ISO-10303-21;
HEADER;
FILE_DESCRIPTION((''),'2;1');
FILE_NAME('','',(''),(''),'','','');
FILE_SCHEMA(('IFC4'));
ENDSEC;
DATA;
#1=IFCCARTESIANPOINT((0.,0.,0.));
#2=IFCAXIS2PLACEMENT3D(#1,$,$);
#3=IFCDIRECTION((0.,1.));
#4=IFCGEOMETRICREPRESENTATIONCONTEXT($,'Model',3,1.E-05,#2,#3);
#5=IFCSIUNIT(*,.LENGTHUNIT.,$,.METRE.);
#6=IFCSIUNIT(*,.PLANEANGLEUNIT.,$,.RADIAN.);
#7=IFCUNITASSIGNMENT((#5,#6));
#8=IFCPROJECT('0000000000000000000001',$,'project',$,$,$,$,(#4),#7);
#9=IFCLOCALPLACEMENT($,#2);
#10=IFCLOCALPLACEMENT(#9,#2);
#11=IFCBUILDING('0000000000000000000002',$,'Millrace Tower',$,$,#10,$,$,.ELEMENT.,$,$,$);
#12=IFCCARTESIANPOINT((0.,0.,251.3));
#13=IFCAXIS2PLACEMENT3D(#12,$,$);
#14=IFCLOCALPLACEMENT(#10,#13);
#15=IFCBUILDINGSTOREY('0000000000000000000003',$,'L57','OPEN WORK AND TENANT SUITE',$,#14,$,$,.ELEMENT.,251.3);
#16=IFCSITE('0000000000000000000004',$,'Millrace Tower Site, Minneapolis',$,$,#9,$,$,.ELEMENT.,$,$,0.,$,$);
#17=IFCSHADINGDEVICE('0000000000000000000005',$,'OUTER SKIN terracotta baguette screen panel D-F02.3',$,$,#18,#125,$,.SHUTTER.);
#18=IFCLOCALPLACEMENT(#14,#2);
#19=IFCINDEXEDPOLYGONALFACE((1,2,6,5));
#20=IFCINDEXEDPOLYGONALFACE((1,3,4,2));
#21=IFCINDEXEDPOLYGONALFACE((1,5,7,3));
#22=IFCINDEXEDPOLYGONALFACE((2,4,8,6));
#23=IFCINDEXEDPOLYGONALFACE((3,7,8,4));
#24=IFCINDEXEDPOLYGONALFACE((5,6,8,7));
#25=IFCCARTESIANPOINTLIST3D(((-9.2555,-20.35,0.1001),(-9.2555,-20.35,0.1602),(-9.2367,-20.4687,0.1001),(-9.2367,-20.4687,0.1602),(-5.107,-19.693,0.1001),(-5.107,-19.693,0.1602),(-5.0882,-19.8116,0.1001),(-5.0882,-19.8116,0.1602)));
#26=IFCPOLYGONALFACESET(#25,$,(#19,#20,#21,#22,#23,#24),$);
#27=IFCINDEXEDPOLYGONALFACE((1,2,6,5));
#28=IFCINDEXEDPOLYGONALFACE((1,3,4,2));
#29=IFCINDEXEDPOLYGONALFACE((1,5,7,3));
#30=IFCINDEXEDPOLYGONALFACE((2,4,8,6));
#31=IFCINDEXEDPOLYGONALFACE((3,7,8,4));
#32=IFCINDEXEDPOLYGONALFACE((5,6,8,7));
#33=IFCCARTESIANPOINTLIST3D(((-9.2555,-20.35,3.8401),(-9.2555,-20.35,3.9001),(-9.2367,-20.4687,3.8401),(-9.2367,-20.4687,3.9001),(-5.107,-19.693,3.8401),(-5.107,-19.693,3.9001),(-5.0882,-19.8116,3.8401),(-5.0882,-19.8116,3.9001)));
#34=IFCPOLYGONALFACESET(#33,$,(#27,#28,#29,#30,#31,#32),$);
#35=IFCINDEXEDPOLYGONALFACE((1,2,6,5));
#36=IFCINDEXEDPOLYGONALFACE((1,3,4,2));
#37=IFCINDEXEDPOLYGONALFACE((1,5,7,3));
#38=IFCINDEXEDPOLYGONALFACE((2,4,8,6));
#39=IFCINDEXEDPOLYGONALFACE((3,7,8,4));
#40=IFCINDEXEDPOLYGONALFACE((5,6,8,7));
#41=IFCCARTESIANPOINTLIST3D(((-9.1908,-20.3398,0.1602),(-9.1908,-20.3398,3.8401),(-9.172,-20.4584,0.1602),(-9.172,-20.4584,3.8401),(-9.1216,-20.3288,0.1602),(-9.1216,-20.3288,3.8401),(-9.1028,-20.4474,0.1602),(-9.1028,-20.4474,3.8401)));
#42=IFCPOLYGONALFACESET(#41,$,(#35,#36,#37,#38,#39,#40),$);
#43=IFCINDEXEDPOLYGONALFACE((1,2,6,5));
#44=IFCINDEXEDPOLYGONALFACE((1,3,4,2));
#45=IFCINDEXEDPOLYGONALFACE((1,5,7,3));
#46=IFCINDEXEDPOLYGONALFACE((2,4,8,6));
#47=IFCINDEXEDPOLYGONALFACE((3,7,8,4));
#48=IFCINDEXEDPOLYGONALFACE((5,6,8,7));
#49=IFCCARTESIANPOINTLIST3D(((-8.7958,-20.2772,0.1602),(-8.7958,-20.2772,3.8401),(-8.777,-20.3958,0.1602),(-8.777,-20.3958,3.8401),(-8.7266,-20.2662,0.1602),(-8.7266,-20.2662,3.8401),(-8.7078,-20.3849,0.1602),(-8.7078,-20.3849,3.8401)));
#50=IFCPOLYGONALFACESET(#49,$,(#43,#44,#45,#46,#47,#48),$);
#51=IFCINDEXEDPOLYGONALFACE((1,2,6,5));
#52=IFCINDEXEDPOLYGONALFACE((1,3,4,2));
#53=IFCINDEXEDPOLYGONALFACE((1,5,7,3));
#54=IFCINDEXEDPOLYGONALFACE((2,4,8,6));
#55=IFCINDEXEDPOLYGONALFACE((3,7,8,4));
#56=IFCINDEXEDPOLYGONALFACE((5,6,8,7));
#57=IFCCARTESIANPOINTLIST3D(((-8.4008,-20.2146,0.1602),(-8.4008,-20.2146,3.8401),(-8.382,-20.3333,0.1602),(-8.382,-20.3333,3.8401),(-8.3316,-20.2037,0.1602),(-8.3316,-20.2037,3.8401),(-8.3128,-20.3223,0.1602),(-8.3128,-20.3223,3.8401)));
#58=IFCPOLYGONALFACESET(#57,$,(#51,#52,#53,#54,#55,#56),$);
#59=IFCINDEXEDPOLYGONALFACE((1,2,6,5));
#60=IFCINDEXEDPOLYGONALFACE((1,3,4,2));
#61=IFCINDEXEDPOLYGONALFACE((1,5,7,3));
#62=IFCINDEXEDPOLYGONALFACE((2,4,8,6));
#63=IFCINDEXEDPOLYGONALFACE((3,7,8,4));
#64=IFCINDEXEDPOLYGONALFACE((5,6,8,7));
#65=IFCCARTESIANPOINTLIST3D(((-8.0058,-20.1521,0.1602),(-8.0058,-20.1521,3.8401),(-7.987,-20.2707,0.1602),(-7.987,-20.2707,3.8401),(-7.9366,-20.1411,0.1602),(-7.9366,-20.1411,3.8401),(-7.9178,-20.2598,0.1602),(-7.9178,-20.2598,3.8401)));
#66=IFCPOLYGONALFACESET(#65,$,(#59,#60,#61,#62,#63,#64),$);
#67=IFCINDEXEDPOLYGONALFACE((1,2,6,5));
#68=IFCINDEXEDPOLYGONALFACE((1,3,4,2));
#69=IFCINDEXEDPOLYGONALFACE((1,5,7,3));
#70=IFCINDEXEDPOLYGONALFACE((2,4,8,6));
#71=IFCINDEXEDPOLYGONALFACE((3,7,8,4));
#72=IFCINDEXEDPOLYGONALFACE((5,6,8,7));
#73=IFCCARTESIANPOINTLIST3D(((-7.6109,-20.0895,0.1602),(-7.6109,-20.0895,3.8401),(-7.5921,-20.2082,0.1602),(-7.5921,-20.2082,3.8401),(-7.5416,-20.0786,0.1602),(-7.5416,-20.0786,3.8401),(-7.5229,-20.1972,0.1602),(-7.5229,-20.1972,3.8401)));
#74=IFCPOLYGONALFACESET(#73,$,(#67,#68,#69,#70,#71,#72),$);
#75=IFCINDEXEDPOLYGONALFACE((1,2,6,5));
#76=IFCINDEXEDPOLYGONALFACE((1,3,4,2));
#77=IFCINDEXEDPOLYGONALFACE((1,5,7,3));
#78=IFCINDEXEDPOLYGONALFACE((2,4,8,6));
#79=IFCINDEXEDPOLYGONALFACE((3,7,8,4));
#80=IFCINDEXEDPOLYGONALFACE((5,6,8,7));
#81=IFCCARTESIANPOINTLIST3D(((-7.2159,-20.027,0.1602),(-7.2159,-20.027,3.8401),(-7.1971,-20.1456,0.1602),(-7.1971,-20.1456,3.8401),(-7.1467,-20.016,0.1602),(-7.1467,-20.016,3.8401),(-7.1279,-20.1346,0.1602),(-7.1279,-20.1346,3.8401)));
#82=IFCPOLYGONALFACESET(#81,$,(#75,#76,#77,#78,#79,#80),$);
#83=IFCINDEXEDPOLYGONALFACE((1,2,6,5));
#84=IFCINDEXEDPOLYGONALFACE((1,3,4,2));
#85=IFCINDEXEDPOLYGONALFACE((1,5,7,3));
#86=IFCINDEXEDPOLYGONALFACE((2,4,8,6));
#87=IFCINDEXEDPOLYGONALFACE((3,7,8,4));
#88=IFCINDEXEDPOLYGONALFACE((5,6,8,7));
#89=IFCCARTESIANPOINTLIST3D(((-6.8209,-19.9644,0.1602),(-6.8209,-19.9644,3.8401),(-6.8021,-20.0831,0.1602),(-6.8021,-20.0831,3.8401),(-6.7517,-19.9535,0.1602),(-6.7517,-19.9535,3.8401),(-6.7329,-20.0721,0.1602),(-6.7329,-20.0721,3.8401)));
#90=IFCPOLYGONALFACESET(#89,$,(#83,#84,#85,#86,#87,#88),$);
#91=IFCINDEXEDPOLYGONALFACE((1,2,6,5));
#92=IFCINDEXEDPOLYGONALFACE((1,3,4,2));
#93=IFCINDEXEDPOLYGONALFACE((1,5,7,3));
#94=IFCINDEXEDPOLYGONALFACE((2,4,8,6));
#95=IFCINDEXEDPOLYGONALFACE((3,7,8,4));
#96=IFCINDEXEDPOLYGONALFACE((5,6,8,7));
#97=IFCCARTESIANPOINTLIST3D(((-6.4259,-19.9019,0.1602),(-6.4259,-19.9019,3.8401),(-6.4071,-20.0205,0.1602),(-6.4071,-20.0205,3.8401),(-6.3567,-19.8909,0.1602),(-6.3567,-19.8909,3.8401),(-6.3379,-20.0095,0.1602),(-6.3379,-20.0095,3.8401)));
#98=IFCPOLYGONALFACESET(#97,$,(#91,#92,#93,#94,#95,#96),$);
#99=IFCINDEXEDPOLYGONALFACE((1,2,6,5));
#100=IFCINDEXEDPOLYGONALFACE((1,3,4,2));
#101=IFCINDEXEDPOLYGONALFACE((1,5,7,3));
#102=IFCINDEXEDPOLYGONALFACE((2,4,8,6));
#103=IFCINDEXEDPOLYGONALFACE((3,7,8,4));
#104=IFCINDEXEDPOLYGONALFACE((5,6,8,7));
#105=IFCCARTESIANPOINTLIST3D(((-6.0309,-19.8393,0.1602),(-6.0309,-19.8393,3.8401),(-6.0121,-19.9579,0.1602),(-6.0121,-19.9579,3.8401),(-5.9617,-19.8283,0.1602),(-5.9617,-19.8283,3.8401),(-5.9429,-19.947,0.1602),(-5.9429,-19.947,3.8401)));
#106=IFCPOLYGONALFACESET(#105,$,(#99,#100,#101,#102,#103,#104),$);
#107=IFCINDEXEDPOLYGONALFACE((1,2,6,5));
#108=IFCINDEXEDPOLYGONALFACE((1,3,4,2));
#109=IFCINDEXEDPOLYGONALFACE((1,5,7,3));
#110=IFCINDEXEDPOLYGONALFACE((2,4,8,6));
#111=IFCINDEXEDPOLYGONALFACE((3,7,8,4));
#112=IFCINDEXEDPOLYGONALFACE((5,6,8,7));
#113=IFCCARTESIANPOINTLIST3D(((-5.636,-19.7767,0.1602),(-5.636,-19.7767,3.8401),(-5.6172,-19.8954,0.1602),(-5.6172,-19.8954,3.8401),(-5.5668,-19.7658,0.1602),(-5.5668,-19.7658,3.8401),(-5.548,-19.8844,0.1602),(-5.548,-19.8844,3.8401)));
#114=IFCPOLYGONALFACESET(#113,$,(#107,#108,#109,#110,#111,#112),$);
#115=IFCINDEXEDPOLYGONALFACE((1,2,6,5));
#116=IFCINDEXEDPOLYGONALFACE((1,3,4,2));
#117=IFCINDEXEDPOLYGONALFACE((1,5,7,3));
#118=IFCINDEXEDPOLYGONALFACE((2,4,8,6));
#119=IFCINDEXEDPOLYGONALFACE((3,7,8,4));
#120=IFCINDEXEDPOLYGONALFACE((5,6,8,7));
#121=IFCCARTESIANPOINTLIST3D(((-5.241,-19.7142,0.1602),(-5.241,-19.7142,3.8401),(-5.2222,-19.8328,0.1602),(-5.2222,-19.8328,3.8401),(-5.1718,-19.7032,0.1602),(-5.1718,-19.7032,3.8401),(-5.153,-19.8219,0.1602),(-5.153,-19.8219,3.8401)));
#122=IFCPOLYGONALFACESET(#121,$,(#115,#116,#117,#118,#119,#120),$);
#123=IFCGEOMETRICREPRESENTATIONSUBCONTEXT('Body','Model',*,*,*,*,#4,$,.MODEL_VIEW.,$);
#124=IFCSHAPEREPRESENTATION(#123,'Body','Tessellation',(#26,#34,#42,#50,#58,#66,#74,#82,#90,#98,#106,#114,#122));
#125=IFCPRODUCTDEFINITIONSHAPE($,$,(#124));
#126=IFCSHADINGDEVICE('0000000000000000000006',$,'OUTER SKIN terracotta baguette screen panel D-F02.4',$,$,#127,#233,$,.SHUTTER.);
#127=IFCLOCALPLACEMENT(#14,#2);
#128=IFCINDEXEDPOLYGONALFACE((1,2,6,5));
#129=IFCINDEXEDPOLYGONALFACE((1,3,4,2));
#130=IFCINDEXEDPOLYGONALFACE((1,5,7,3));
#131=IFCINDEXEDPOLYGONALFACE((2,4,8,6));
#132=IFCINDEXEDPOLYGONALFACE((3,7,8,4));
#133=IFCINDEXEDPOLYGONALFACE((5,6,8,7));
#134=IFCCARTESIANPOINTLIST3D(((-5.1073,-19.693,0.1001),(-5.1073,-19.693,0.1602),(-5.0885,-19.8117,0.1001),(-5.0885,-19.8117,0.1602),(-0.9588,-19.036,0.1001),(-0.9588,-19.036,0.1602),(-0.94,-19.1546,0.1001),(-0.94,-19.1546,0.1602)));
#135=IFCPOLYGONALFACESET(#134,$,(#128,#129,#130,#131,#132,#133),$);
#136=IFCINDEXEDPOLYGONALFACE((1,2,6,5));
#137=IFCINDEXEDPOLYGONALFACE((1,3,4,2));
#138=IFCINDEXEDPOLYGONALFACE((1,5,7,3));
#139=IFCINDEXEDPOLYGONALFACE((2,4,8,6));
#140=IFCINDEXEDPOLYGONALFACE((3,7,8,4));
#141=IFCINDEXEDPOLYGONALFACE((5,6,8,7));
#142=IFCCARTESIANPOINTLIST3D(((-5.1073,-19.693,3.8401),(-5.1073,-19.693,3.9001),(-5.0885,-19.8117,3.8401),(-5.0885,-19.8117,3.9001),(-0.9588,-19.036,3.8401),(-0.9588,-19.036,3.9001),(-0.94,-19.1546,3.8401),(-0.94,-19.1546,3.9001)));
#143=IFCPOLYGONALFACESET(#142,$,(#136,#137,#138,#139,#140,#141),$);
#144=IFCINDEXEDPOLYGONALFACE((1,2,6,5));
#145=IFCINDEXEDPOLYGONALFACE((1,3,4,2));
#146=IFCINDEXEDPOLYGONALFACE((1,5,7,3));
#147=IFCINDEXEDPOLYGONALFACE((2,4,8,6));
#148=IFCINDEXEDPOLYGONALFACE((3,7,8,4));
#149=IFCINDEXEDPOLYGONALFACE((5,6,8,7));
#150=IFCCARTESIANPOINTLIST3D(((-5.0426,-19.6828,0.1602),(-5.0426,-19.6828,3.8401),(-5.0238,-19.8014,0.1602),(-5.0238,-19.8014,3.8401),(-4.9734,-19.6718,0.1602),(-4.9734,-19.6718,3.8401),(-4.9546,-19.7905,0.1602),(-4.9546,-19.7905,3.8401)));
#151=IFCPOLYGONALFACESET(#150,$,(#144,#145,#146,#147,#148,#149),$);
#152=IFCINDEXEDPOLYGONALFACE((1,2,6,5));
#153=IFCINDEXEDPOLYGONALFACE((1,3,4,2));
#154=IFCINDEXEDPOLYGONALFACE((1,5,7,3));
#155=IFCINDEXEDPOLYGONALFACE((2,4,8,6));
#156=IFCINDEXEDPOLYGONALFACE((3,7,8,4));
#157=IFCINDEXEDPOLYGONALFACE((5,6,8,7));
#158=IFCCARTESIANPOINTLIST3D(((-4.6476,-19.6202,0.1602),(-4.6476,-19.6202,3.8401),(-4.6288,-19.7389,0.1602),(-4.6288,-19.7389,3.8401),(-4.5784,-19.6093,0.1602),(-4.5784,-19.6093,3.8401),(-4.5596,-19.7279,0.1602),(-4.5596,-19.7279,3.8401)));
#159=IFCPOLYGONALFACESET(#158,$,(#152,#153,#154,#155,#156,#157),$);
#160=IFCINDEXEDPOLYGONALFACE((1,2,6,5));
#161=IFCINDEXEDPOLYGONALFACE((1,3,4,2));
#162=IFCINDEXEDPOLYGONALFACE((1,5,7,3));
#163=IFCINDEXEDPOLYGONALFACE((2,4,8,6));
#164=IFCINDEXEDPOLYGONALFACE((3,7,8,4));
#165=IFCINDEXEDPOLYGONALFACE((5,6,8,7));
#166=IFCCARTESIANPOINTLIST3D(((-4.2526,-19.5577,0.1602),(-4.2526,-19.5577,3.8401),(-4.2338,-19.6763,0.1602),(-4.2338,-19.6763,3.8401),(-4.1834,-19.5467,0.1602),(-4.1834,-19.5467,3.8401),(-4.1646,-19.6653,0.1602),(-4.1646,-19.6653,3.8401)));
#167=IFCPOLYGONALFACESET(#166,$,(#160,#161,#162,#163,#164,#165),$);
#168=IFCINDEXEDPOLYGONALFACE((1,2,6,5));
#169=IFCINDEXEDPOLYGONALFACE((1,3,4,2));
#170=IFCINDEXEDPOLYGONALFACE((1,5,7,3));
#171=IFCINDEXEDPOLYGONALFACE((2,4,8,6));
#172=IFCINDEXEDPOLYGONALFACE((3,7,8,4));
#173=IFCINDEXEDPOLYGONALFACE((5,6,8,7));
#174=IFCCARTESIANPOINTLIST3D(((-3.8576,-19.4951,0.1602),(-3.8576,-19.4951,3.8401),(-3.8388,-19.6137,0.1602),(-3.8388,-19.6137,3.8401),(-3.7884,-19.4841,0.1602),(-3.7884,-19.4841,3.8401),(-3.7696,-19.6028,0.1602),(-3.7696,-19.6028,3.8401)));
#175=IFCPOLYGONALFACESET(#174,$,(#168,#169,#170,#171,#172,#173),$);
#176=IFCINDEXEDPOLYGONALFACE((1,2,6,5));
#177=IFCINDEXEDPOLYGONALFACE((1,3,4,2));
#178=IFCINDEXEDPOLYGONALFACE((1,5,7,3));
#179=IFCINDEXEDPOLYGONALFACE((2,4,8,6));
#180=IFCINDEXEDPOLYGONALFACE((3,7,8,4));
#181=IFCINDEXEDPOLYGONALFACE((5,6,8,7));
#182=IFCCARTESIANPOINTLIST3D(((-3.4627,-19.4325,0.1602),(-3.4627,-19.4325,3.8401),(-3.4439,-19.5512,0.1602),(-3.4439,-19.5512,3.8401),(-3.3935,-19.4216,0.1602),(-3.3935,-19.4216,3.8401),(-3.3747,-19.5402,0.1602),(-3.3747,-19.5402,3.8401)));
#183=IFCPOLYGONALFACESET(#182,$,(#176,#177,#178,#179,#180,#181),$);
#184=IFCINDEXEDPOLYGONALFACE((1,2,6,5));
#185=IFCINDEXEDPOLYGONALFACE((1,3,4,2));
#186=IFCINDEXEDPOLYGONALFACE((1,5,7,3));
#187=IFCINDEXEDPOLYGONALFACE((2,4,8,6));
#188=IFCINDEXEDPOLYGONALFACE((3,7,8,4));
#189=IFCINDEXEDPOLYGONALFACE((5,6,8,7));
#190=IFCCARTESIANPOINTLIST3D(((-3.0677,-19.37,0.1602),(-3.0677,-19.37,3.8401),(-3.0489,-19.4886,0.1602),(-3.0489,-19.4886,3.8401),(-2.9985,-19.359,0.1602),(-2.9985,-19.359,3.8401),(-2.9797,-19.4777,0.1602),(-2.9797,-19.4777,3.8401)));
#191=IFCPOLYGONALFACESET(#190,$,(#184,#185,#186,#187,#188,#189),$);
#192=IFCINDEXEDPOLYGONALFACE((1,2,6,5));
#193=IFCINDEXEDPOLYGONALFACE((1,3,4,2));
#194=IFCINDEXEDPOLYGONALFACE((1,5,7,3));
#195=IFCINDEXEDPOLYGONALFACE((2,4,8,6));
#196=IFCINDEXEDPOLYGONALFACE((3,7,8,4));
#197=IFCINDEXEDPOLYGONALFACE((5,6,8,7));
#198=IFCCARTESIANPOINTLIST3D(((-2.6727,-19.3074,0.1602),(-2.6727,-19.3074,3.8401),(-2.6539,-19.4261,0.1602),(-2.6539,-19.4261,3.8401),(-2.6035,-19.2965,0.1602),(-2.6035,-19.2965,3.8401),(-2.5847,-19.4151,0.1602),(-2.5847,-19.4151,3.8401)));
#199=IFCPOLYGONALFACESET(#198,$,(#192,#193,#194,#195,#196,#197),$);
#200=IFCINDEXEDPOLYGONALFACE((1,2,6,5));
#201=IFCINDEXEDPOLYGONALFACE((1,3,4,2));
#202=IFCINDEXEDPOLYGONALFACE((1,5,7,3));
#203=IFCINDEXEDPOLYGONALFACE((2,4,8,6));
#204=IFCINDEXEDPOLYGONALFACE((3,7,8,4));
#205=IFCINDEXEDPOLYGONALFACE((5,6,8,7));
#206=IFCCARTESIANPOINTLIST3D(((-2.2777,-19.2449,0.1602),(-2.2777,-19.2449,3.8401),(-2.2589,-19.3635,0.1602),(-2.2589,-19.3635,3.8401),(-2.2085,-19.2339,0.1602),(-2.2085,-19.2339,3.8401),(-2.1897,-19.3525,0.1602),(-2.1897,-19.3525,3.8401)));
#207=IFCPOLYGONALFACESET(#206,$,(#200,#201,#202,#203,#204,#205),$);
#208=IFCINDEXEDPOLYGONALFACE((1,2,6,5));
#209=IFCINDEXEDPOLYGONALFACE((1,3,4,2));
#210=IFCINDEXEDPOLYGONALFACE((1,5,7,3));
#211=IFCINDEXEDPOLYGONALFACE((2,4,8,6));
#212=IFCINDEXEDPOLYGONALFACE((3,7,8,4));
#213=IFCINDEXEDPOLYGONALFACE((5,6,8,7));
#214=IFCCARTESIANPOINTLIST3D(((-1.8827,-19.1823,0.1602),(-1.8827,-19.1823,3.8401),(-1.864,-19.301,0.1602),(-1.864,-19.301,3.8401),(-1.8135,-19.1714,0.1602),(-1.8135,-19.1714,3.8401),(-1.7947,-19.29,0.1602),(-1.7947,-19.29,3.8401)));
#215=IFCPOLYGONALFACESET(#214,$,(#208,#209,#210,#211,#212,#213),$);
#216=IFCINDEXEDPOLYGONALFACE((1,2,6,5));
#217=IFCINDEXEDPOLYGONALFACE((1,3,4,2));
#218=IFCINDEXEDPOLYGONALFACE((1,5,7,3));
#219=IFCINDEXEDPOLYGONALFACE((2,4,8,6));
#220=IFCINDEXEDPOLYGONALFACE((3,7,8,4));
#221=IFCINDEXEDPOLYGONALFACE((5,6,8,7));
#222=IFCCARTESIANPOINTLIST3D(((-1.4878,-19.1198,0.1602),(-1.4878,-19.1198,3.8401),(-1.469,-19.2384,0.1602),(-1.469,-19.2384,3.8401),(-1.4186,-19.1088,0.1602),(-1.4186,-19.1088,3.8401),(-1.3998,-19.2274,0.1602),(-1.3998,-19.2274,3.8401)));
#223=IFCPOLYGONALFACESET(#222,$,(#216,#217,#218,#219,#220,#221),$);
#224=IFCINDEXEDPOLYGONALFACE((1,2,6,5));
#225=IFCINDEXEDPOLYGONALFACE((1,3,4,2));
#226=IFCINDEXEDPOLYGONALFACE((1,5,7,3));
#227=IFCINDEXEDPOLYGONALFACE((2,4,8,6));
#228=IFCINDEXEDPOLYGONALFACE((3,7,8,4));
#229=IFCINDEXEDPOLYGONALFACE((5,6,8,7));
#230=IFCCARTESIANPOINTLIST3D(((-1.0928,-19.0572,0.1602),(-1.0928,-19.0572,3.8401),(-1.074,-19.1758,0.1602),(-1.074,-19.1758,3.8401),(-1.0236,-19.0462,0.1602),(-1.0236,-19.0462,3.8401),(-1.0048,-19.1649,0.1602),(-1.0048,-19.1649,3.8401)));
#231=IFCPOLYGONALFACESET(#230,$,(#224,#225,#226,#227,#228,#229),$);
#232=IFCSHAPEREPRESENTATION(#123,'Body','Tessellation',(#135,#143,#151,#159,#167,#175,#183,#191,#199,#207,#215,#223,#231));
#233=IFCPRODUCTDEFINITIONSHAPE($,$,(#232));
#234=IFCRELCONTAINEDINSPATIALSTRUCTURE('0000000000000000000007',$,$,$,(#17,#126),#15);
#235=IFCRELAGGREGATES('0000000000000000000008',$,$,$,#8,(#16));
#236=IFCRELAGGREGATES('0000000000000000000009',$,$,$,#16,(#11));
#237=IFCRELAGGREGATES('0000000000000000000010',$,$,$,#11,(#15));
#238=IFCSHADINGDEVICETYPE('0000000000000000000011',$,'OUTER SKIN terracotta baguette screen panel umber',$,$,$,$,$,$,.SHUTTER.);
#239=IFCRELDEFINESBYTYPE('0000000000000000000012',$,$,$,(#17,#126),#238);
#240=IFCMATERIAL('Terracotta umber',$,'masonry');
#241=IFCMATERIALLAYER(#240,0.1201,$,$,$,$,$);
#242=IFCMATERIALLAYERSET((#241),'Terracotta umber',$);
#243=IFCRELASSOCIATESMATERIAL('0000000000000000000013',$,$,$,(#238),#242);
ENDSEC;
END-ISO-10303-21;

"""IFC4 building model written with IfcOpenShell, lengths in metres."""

from ifc_helpers import new_model, entity, si_unit, direction, frame, frame_2d, origin, origin_2d, place, context, subcontext, project, spatial, rectangle, extrude, source, transform, mapped, material, layer, layer_set, type_object, element, save


model = new_model("IFC4")

# Units and contexts
model_context = context("Model", 3, precision=1e-05, world=origin(), true_north=direction((0.0, 1.0)))
body_context = subcontext(model_context, "Body", "Model", "MODEL_VIEW")
ifc_project = project(units=[si_unit("LENGTHUNIT", "METRE"), si_unit("PLANEANGLEUNIT", "RADIAN")], contexts=[model_context])

# Site, building, storey
site_placement = place(None, origin())
site = spatial("IfcSite", under=ifc_project, at=site_placement, Name="Millrace Tower Site, Minneapolis", CompositionType="ELEMENT", RefElevation=0.0)
building_placement = place(site_placement, origin())
building = spatial("IfcBuilding", under=site, at=building_placement, Name="Millrace Tower", CompositionType="ELEMENT")
storey_placement = place(building_placement, frame((0.0, 0.0, 251.3)))
storey = spatial("IfcBuildingStorey", under=building, at=storey_placement, Name="L57", Description="OPEN WORK AND TENANT SUITE", CompositionType="ELEMENT", Elevation=251.3)

# Shading devices
ifc_material_1 = material(Name="Terracotta umber", Category="masonry")
ifc_layer_1 = layer(ifc_material_1, 0.1201)
ifc_layer_set_1 = layer_set([ifc_layer_1], Name="Terracotta umber")
shading_device_type = type_object("IfcShadingDeviceType", Name="OUTER SKIN terracotta baguette screen panel umber", PredefinedType="SHUTTER", material=ifc_layer_set_1)
cartesian_point = entity("IfcCartesianPoint", [-2.1001, 0.0601])
shared_polyline = entity("IfcPolyline", [cartesian_point, entity("IfcCartesianPoint", [2.1001, 0.0601]), entity("IfcCartesianPoint", [2.1001, -0.0601]), entity("IfcCartesianPoint", [-2.1001, -0.0601]), cartesian_point])
shared_shape = source(origin(), body_context, "Body", "SweptSolid", [
    entity("IfcExtrudedAreaSolid", entity("IfcArbitraryClosedProfileDef", "AREA", None, shared_polyline), entity("IfcAxis2Placement3D", entity("IfcCartesianPoint", [0.0, 0.0, 0.0])), entity("IfcDirection", [0.0, 0.0, 1.0]), 0.0601),
    entity("IfcExtrudedAreaSolid", entity("IfcArbitraryClosedProfileDef", "AREA", None, shared_polyline), entity("IfcAxis2Placement3D", entity("IfcCartesianPoint", [0.0, 0.0, 3.74])), entity("IfcDirection", [0.0, 0.0, 1.0]), 0.0601),
    extrude(rectangle(XDim=0.0701, YDim=0.1201, at=frame_2d((-1.9995, 0.0))), frame((0.0, 0.0, 0.0601)), (0.0, 0.0, 1.0), 3.6799),
    extrude(rectangle(XDim=0.0701, YDim=0.1201, at=frame_2d((-1.5996, 0.0))), frame((0.0, 0.0, 0.0601)), (0.0, 0.0, 1.0), 3.6799),
    extrude(rectangle(XDim=0.0701, YDim=0.1201, at=frame_2d((-1.1997, 0.0))), frame((0.0, 0.0, 0.0601)), (0.0, 0.0, 1.0), 3.6799),
    extrude(rectangle(XDim=0.0701, YDim=0.1201, at=frame_2d((-0.7998, 0.0))), frame((0.0, 0.0, 0.0601)), (0.0, 0.0, 1.0), 3.6799),
    extrude(rectangle(XDim=0.0701, YDim=0.1201, at=frame_2d((-0.3999, 0.0))), frame((0.0, 0.0, 0.0601)), (0.0, 0.0, 1.0), 3.6799),
    extrude(rectangle(XDim=0.0701, YDim=0.1201, at=origin_2d()), frame((0.0, 0.0, 0.0601)), (0.0, 0.0, 1.0), 3.6799),
    extrude(rectangle(XDim=0.0701, YDim=0.1201, at=frame_2d((0.3999, 0.0))), frame((0.0, 0.0, 0.0601)), (0.0, 0.0, 1.0), 3.6799),
    extrude(rectangle(XDim=0.0701, YDim=0.1201, at=frame_2d((0.7998, 0.0))), frame((0.0, 0.0, 0.0601)), (0.0, 0.0, 1.0), 3.6799),
    extrude(rectangle(XDim=0.0701, YDim=0.1201, at=frame_2d((1.1997, 0.0))), frame((0.0, 0.0, 0.0601)), (0.0, 0.0, 1.0), 3.6799),
    extrude(rectangle(XDim=0.0701, YDim=0.1201, at=frame_2d((1.5996, 0.0))), frame((0.0, 0.0, 0.0601)), (0.0, 0.0, 1.0), 3.6799),
    extrude(rectangle(XDim=0.0701, YDim=0.1201, at=frame_2d((1.9995, 0.0))), frame((0.0, 0.0, 0.0601)), (0.0, 0.0, 1.0), 3.6799),
])
for number, where, z_axis, x_axis, name in (
    (1, (-7.1719, -20.0808, 0.1001), (0.0, 0.0, 1.0), (0.987688, 0.156434, 0.0), "OUTER SKIN terracotta baguette screen panel D-F02.3"),
    (2, (-3.0237, -19.4238, 0.1001), (0.0, 0.0, 1.0), (0.987688, 0.156434, 0.0), "OUTER SKIN terracotta baguette screen panel D-F02.4"),
):
    element("IfcShadingDevice", number, at=place(storey_placement, frame(where, z_axis=z_axis, x_axis=x_axis)), inside=storey, type_object=shading_device_type, Name=name, PredefinedType="SHUTTER", context=body_context, shape_type="MappedRepresentation", body=[
        mapped(shared_shape, transform((0.0, 0.0, 0.0), scale=1.0)),
    ])

save(model, "model.ifc")
